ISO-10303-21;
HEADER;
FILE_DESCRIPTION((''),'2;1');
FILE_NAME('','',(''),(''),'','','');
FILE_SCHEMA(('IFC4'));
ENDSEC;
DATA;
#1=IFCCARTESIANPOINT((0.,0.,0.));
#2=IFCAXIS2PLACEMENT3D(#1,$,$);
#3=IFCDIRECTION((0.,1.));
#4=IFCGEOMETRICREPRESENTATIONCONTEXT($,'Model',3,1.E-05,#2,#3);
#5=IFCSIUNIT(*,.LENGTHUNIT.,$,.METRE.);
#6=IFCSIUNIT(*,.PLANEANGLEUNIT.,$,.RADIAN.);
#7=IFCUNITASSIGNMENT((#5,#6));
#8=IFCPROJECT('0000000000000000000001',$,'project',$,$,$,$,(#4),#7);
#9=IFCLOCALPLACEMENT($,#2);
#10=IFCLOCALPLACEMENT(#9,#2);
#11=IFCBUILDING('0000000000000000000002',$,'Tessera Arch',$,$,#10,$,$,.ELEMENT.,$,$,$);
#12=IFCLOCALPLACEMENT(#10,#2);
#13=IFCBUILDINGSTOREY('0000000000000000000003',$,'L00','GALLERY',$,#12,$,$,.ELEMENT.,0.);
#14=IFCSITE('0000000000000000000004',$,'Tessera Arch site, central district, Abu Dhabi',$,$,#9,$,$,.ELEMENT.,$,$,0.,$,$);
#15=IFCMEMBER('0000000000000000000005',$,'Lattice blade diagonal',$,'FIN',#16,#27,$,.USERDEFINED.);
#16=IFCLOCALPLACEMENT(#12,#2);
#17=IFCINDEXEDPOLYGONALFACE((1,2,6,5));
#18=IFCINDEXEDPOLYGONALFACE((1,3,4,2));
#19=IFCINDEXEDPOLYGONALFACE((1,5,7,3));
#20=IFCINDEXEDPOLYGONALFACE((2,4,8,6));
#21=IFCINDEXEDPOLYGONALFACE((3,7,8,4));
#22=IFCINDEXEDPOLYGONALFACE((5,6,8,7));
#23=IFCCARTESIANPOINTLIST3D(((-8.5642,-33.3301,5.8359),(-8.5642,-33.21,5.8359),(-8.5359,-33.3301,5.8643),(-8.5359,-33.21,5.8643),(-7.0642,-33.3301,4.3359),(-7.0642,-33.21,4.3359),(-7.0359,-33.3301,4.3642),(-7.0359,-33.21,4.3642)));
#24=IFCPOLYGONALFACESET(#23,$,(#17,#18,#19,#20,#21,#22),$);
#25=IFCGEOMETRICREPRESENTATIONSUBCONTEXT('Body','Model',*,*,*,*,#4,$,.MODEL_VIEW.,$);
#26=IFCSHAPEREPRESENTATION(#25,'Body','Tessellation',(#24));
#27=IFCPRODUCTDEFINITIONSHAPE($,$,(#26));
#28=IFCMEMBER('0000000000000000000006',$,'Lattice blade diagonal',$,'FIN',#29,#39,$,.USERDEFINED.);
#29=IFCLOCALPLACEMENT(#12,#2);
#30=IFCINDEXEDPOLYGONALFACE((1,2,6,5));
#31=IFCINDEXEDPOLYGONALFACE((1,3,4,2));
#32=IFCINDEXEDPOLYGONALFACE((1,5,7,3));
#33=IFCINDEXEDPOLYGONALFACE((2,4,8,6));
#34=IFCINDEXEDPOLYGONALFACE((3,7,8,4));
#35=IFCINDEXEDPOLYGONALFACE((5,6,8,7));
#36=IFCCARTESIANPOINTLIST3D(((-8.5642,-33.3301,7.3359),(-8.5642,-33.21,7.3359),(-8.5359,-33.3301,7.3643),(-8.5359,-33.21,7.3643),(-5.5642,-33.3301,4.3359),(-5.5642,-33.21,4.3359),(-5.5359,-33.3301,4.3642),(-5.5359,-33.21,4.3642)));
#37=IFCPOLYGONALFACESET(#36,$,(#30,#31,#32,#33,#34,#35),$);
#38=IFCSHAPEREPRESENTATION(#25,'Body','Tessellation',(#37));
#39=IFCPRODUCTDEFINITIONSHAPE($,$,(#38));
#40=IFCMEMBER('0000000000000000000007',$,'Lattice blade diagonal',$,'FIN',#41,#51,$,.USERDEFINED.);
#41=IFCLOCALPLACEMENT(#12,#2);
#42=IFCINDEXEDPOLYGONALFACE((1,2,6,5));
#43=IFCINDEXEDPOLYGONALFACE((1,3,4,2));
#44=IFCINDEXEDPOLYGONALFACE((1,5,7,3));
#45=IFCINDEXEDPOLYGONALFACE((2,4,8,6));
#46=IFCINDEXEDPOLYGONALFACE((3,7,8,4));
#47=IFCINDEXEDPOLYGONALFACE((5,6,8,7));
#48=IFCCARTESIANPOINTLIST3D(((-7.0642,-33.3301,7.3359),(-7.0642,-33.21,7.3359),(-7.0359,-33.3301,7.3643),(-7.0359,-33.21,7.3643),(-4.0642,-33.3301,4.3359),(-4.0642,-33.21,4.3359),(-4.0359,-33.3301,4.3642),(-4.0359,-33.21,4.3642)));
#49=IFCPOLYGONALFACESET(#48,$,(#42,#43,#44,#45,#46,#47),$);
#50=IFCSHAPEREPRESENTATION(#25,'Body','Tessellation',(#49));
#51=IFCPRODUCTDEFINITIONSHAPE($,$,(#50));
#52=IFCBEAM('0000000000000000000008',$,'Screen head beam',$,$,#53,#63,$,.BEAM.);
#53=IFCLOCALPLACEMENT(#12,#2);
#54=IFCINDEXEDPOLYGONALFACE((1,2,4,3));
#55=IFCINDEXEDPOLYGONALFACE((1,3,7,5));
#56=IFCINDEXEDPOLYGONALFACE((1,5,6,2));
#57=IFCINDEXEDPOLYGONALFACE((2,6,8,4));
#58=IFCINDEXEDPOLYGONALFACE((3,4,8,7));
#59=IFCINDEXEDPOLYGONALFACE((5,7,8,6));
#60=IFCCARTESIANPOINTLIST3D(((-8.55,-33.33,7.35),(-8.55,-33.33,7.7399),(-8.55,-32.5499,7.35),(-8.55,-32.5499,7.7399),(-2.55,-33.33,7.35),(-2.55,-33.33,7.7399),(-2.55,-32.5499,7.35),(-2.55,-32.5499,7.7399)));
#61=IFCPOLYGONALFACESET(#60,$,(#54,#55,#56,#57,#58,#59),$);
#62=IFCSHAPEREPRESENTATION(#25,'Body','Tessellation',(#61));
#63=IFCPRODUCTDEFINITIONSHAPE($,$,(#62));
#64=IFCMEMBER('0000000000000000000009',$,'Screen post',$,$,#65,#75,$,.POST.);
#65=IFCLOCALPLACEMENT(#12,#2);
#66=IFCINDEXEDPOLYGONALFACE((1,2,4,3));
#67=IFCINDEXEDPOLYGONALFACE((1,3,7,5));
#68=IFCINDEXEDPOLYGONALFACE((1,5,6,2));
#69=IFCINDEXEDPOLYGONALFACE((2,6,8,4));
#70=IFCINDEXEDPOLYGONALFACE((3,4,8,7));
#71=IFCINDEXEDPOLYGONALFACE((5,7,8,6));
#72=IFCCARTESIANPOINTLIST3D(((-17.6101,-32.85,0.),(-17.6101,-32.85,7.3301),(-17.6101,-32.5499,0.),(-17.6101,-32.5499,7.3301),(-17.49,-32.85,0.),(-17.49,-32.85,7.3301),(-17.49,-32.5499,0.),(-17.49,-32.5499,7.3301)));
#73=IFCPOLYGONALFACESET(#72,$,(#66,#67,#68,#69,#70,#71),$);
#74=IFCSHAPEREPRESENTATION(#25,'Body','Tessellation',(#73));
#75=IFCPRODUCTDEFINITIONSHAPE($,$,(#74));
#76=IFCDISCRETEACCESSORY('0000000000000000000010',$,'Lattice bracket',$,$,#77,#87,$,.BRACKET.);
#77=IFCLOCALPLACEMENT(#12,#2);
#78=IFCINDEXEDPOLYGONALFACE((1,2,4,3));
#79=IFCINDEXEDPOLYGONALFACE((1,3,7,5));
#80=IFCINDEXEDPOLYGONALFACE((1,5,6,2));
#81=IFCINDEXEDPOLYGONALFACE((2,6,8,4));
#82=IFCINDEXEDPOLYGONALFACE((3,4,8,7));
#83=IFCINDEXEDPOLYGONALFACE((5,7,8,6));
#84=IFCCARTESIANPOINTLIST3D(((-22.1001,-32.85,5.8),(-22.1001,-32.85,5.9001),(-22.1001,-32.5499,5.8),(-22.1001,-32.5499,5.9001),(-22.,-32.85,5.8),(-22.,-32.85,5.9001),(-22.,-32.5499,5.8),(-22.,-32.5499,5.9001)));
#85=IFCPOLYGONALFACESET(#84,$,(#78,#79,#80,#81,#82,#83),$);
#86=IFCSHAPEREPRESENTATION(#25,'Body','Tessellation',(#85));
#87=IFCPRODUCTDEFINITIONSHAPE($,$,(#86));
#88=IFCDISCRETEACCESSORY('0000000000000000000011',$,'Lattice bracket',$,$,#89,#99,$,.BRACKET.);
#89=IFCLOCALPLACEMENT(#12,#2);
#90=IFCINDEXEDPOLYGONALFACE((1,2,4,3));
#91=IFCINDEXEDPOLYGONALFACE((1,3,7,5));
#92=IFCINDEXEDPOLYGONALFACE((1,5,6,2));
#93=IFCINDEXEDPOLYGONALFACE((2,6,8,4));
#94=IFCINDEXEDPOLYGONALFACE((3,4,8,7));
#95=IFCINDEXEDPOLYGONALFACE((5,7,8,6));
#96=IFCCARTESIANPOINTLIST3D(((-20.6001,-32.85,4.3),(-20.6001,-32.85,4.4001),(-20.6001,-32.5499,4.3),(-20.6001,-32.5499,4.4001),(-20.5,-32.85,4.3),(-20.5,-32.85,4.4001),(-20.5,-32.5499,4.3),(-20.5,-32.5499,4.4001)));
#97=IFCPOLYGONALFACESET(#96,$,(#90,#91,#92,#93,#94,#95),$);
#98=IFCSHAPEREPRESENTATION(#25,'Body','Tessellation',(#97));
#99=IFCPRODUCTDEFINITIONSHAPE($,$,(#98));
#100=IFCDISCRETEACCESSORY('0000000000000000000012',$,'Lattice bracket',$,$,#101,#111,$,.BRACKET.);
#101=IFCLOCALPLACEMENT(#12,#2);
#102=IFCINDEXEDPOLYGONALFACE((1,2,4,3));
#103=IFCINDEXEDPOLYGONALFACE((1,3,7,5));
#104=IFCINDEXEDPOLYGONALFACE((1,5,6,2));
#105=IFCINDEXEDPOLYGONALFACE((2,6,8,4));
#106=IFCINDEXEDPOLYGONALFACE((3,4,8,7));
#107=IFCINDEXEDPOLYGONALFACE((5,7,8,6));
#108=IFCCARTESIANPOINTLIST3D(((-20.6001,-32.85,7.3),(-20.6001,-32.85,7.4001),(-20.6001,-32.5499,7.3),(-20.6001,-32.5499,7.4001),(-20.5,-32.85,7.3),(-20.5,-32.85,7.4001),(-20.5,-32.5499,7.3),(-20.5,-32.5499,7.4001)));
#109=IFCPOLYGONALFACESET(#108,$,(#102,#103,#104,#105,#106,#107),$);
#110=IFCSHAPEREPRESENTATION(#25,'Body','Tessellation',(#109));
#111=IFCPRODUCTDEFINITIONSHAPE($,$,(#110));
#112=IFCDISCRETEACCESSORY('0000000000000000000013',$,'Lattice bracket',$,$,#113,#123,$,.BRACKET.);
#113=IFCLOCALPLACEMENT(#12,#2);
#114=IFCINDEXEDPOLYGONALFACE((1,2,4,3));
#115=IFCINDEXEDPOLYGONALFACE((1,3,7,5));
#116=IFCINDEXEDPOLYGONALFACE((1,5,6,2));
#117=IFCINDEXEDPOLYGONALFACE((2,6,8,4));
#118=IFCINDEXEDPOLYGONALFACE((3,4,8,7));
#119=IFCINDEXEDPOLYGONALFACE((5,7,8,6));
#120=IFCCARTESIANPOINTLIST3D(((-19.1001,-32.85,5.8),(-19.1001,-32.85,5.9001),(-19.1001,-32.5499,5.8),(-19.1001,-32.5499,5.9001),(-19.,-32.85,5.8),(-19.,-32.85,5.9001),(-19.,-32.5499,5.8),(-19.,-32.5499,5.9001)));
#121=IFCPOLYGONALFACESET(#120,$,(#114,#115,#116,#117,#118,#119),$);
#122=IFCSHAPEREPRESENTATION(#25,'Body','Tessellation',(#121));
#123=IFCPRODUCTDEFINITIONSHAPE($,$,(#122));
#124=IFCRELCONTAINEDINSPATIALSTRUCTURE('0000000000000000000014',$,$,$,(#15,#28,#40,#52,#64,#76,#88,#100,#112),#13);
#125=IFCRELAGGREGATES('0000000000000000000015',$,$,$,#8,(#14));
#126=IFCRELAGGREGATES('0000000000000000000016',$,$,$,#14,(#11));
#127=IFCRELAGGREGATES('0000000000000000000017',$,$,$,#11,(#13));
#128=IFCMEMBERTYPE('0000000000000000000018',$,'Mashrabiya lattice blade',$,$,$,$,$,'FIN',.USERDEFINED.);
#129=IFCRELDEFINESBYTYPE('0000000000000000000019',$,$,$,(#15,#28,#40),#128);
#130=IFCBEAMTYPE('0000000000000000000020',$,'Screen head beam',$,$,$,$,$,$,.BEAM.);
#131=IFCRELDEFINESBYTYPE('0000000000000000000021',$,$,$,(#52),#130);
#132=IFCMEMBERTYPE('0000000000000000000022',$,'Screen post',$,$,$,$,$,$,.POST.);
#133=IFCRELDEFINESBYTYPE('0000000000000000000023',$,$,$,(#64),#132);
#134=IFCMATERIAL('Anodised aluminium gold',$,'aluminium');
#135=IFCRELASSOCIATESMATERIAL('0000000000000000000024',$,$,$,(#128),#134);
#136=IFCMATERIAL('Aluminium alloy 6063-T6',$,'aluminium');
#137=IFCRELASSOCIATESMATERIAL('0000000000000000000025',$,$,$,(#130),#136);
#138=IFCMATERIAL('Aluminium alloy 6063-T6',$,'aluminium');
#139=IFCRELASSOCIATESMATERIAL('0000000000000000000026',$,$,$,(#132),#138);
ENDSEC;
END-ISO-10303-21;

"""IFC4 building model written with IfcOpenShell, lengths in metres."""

from ifc_helpers import new_model, si_unit, direction, frame, origin, origin_2d, place, context, subcontext, project, spatial, rectangle, extrude, material, material_profile, profile_set, type_object, element, save


model = new_model("IFC4")

# Units and contexts
model_context = context("Model", 3, precision=1e-05, world=origin(), true_north=direction((0.0, 1.0)))
body_context = subcontext(model_context, "Body", "Model", "MODEL_VIEW")
ifc_project = project(units=[si_unit("LENGTHUNIT", "METRE"), si_unit("PLANEANGLEUNIT", "RADIAN")], contexts=[model_context])

# Site, building, storey
site_placement = place(None, origin())
site = spatial("IfcSite", under=ifc_project, at=site_placement, Name="Tessera Arch site, central district, Abu Dhabi", CompositionType="ELEMENT", RefElevation=0.0)
building_placement = place(site_placement, origin())
building = spatial("IfcBuilding", under=site, at=building_placement, Name="Tessera Arch", CompositionType="ELEMENT")
storey_placement = place(building_placement, origin())
storey = spatial("IfcBuildingStorey", under=building, at=storey_placement, Name="L00", Description="GALLERY", CompositionType="ELEMENT", Elevation=0.0)

# Members
ifc_material_1 = material(Name="Anodised aluminium gold", Category="aluminium")
ifc_material_profile_1 = material_profile(ifc_material_1, rectangle(XDim=0.1201, YDim=0.04, at=origin_2d()), Name="AL 40x120")
ifc_profile_set_1 = profile_set([ifc_material_profile_1], Name="Anodised aluminium gold")
member_type_1 = type_object("IfcMemberType", Name="Mashrabiya lattice blade", ElementType="FIN", PredefinedType="USERDEFINED", material=ifc_profile_set_1)
member_1_placement = place(storey_placement, frame((-8.55, -33.27, 5.8501), z_axis=(0.707107, 0.0, -0.707107), x_axis=(0.0, 1.0, 0.0)))
element("IfcMember", 1, at=member_1_placement, inside=storey, type_object=member_type_1, Name="Lattice blade diagonal", ObjectType="FIN", PredefinedType="USERDEFINED", context=body_context, shape_type="SweptSolid", body=[
    extrude(rectangle(XDim=0.1201, YDim=0.04, at=origin_2d()), origin(), (0.0, 0.0, 1.0), 2.1213),
])
for number, where, z_axis, x_axis, name in (
    (2, (-8.55, -33.27, 7.3501), (0.707107, 0.0, -0.707107), (0.0, 1.0, 0.0), "Lattice blade diagonal"),
    (3, (-7.05, -33.27, 7.3501), (0.707107, 0.0, -0.707107), (0.0, 1.0, 0.0), "Lattice blade diagonal"),
):
    element("IfcMember", number, at=place(storey_placement, frame(where, z_axis=z_axis, x_axis=x_axis)), inside=storey, type_object=member_type_1, Name=name, ObjectType="FIN", PredefinedType="USERDEFINED", context=body_context, shape_type="SweptSolid", body=[
        extrude(rectangle(XDim=0.1201, YDim=0.04, at=origin_2d()), origin(), (0.0, 0.0, 1.0), 4.2427),
    ])

# Beam
ifc_material_2 = material(Name="Aluminium alloy 6063-T6", Category="aluminium")
ifc_material_profile_2 = material_profile(ifc_material_2, rectangle(XDim=0.78, YDim=0.3899, at=origin_2d()), Name="AL 780x390")
ifc_profile_set_2 = profile_set([ifc_material_profile_2], Name="Aluminium alloy 6063-T6")
beam_type = type_object("IfcBeamType", Name="Screen head beam", PredefinedType="BEAM", material=ifc_profile_set_2)
beam_placement = place(storey_placement, frame((-8.55, -32.9399, 7.5449), z_axis=(1.0, 0.0, 0.0), x_axis=(0.0, 1.0, 0.0)))
element("IfcBeam", 4, at=beam_placement, inside=storey, type_object=beam_type, Name="Screen head beam", PredefinedType="BEAM", context=body_context, shape_type="SweptSolid", body=[
    extrude(rectangle(XDim=0.78, YDim=0.3899, at=origin_2d()), origin(), (0.0, 0.0, 1.0), 6.0),
])

# Member
ifc_material_3 = material(Name="Aluminium alloy 6063-T6", Category="aluminium")
ifc_material_profile_3 = material_profile(ifc_material_3, rectangle(XDim=0.3, YDim=0.1201, at=origin_2d()), Name="AL 120x300")
ifc_profile_set_3 = profile_set([ifc_material_profile_3], Name="Aluminium alloy 6063-T6")
member_type_2 = type_object("IfcMemberType", Name="Screen post", PredefinedType="POST", material=ifc_profile_set_3)
member_2_placement = place(storey_placement, frame((-17.55, -32.7, 0.0), z_axis=(0.0, 0.0, 1.0), x_axis=(0.0, -1.0, 0.0)))
element("IfcMember", 5, at=member_2_placement, inside=storey, type_object=member_type_2, Name="Screen post", PredefinedType="POST", context=body_context, shape_type="SweptSolid", body=[
    extrude(rectangle(XDim=0.3, YDim=0.1201, at=origin_2d()), origin(), (0.0, 0.0, 1.0), 7.3301),
])

# Discrete accessories
for number, where, z_axis, x_axis, name in (
    (6, (-22.05, -32.7, 5.8), (0.0, 0.0, 1.0), (0.0, -1.0, 0.0), "Lattice bracket"),
    (7, (-20.55, -32.7, 4.3), (0.0, 0.0, 1.0), (0.0, -1.0, 0.0), "Lattice bracket"),
    (8, (-20.55, -32.7, 7.3), (0.0, 0.0, 1.0), (0.0, -1.0, 0.0), "Lattice bracket"),
    (9, (-19.05, -32.7, 5.8), (0.0, 0.0, 1.0), (0.0, -1.0, 0.0), "Lattice bracket"),
):
    element("IfcDiscreteAccessory", number, at=place(storey_placement, frame(where, z_axis=z_axis, x_axis=x_axis)), inside=storey, Name=name, PredefinedType="BRACKET", context=body_context, shape_type="SweptSolid", body=[
        extrude(rectangle(XDim=0.3, YDim=0.1001, at=origin_2d()), origin(), (0.0, 0.0, 1.0), 0.1001),
    ])

save(model, "model.ifc")
